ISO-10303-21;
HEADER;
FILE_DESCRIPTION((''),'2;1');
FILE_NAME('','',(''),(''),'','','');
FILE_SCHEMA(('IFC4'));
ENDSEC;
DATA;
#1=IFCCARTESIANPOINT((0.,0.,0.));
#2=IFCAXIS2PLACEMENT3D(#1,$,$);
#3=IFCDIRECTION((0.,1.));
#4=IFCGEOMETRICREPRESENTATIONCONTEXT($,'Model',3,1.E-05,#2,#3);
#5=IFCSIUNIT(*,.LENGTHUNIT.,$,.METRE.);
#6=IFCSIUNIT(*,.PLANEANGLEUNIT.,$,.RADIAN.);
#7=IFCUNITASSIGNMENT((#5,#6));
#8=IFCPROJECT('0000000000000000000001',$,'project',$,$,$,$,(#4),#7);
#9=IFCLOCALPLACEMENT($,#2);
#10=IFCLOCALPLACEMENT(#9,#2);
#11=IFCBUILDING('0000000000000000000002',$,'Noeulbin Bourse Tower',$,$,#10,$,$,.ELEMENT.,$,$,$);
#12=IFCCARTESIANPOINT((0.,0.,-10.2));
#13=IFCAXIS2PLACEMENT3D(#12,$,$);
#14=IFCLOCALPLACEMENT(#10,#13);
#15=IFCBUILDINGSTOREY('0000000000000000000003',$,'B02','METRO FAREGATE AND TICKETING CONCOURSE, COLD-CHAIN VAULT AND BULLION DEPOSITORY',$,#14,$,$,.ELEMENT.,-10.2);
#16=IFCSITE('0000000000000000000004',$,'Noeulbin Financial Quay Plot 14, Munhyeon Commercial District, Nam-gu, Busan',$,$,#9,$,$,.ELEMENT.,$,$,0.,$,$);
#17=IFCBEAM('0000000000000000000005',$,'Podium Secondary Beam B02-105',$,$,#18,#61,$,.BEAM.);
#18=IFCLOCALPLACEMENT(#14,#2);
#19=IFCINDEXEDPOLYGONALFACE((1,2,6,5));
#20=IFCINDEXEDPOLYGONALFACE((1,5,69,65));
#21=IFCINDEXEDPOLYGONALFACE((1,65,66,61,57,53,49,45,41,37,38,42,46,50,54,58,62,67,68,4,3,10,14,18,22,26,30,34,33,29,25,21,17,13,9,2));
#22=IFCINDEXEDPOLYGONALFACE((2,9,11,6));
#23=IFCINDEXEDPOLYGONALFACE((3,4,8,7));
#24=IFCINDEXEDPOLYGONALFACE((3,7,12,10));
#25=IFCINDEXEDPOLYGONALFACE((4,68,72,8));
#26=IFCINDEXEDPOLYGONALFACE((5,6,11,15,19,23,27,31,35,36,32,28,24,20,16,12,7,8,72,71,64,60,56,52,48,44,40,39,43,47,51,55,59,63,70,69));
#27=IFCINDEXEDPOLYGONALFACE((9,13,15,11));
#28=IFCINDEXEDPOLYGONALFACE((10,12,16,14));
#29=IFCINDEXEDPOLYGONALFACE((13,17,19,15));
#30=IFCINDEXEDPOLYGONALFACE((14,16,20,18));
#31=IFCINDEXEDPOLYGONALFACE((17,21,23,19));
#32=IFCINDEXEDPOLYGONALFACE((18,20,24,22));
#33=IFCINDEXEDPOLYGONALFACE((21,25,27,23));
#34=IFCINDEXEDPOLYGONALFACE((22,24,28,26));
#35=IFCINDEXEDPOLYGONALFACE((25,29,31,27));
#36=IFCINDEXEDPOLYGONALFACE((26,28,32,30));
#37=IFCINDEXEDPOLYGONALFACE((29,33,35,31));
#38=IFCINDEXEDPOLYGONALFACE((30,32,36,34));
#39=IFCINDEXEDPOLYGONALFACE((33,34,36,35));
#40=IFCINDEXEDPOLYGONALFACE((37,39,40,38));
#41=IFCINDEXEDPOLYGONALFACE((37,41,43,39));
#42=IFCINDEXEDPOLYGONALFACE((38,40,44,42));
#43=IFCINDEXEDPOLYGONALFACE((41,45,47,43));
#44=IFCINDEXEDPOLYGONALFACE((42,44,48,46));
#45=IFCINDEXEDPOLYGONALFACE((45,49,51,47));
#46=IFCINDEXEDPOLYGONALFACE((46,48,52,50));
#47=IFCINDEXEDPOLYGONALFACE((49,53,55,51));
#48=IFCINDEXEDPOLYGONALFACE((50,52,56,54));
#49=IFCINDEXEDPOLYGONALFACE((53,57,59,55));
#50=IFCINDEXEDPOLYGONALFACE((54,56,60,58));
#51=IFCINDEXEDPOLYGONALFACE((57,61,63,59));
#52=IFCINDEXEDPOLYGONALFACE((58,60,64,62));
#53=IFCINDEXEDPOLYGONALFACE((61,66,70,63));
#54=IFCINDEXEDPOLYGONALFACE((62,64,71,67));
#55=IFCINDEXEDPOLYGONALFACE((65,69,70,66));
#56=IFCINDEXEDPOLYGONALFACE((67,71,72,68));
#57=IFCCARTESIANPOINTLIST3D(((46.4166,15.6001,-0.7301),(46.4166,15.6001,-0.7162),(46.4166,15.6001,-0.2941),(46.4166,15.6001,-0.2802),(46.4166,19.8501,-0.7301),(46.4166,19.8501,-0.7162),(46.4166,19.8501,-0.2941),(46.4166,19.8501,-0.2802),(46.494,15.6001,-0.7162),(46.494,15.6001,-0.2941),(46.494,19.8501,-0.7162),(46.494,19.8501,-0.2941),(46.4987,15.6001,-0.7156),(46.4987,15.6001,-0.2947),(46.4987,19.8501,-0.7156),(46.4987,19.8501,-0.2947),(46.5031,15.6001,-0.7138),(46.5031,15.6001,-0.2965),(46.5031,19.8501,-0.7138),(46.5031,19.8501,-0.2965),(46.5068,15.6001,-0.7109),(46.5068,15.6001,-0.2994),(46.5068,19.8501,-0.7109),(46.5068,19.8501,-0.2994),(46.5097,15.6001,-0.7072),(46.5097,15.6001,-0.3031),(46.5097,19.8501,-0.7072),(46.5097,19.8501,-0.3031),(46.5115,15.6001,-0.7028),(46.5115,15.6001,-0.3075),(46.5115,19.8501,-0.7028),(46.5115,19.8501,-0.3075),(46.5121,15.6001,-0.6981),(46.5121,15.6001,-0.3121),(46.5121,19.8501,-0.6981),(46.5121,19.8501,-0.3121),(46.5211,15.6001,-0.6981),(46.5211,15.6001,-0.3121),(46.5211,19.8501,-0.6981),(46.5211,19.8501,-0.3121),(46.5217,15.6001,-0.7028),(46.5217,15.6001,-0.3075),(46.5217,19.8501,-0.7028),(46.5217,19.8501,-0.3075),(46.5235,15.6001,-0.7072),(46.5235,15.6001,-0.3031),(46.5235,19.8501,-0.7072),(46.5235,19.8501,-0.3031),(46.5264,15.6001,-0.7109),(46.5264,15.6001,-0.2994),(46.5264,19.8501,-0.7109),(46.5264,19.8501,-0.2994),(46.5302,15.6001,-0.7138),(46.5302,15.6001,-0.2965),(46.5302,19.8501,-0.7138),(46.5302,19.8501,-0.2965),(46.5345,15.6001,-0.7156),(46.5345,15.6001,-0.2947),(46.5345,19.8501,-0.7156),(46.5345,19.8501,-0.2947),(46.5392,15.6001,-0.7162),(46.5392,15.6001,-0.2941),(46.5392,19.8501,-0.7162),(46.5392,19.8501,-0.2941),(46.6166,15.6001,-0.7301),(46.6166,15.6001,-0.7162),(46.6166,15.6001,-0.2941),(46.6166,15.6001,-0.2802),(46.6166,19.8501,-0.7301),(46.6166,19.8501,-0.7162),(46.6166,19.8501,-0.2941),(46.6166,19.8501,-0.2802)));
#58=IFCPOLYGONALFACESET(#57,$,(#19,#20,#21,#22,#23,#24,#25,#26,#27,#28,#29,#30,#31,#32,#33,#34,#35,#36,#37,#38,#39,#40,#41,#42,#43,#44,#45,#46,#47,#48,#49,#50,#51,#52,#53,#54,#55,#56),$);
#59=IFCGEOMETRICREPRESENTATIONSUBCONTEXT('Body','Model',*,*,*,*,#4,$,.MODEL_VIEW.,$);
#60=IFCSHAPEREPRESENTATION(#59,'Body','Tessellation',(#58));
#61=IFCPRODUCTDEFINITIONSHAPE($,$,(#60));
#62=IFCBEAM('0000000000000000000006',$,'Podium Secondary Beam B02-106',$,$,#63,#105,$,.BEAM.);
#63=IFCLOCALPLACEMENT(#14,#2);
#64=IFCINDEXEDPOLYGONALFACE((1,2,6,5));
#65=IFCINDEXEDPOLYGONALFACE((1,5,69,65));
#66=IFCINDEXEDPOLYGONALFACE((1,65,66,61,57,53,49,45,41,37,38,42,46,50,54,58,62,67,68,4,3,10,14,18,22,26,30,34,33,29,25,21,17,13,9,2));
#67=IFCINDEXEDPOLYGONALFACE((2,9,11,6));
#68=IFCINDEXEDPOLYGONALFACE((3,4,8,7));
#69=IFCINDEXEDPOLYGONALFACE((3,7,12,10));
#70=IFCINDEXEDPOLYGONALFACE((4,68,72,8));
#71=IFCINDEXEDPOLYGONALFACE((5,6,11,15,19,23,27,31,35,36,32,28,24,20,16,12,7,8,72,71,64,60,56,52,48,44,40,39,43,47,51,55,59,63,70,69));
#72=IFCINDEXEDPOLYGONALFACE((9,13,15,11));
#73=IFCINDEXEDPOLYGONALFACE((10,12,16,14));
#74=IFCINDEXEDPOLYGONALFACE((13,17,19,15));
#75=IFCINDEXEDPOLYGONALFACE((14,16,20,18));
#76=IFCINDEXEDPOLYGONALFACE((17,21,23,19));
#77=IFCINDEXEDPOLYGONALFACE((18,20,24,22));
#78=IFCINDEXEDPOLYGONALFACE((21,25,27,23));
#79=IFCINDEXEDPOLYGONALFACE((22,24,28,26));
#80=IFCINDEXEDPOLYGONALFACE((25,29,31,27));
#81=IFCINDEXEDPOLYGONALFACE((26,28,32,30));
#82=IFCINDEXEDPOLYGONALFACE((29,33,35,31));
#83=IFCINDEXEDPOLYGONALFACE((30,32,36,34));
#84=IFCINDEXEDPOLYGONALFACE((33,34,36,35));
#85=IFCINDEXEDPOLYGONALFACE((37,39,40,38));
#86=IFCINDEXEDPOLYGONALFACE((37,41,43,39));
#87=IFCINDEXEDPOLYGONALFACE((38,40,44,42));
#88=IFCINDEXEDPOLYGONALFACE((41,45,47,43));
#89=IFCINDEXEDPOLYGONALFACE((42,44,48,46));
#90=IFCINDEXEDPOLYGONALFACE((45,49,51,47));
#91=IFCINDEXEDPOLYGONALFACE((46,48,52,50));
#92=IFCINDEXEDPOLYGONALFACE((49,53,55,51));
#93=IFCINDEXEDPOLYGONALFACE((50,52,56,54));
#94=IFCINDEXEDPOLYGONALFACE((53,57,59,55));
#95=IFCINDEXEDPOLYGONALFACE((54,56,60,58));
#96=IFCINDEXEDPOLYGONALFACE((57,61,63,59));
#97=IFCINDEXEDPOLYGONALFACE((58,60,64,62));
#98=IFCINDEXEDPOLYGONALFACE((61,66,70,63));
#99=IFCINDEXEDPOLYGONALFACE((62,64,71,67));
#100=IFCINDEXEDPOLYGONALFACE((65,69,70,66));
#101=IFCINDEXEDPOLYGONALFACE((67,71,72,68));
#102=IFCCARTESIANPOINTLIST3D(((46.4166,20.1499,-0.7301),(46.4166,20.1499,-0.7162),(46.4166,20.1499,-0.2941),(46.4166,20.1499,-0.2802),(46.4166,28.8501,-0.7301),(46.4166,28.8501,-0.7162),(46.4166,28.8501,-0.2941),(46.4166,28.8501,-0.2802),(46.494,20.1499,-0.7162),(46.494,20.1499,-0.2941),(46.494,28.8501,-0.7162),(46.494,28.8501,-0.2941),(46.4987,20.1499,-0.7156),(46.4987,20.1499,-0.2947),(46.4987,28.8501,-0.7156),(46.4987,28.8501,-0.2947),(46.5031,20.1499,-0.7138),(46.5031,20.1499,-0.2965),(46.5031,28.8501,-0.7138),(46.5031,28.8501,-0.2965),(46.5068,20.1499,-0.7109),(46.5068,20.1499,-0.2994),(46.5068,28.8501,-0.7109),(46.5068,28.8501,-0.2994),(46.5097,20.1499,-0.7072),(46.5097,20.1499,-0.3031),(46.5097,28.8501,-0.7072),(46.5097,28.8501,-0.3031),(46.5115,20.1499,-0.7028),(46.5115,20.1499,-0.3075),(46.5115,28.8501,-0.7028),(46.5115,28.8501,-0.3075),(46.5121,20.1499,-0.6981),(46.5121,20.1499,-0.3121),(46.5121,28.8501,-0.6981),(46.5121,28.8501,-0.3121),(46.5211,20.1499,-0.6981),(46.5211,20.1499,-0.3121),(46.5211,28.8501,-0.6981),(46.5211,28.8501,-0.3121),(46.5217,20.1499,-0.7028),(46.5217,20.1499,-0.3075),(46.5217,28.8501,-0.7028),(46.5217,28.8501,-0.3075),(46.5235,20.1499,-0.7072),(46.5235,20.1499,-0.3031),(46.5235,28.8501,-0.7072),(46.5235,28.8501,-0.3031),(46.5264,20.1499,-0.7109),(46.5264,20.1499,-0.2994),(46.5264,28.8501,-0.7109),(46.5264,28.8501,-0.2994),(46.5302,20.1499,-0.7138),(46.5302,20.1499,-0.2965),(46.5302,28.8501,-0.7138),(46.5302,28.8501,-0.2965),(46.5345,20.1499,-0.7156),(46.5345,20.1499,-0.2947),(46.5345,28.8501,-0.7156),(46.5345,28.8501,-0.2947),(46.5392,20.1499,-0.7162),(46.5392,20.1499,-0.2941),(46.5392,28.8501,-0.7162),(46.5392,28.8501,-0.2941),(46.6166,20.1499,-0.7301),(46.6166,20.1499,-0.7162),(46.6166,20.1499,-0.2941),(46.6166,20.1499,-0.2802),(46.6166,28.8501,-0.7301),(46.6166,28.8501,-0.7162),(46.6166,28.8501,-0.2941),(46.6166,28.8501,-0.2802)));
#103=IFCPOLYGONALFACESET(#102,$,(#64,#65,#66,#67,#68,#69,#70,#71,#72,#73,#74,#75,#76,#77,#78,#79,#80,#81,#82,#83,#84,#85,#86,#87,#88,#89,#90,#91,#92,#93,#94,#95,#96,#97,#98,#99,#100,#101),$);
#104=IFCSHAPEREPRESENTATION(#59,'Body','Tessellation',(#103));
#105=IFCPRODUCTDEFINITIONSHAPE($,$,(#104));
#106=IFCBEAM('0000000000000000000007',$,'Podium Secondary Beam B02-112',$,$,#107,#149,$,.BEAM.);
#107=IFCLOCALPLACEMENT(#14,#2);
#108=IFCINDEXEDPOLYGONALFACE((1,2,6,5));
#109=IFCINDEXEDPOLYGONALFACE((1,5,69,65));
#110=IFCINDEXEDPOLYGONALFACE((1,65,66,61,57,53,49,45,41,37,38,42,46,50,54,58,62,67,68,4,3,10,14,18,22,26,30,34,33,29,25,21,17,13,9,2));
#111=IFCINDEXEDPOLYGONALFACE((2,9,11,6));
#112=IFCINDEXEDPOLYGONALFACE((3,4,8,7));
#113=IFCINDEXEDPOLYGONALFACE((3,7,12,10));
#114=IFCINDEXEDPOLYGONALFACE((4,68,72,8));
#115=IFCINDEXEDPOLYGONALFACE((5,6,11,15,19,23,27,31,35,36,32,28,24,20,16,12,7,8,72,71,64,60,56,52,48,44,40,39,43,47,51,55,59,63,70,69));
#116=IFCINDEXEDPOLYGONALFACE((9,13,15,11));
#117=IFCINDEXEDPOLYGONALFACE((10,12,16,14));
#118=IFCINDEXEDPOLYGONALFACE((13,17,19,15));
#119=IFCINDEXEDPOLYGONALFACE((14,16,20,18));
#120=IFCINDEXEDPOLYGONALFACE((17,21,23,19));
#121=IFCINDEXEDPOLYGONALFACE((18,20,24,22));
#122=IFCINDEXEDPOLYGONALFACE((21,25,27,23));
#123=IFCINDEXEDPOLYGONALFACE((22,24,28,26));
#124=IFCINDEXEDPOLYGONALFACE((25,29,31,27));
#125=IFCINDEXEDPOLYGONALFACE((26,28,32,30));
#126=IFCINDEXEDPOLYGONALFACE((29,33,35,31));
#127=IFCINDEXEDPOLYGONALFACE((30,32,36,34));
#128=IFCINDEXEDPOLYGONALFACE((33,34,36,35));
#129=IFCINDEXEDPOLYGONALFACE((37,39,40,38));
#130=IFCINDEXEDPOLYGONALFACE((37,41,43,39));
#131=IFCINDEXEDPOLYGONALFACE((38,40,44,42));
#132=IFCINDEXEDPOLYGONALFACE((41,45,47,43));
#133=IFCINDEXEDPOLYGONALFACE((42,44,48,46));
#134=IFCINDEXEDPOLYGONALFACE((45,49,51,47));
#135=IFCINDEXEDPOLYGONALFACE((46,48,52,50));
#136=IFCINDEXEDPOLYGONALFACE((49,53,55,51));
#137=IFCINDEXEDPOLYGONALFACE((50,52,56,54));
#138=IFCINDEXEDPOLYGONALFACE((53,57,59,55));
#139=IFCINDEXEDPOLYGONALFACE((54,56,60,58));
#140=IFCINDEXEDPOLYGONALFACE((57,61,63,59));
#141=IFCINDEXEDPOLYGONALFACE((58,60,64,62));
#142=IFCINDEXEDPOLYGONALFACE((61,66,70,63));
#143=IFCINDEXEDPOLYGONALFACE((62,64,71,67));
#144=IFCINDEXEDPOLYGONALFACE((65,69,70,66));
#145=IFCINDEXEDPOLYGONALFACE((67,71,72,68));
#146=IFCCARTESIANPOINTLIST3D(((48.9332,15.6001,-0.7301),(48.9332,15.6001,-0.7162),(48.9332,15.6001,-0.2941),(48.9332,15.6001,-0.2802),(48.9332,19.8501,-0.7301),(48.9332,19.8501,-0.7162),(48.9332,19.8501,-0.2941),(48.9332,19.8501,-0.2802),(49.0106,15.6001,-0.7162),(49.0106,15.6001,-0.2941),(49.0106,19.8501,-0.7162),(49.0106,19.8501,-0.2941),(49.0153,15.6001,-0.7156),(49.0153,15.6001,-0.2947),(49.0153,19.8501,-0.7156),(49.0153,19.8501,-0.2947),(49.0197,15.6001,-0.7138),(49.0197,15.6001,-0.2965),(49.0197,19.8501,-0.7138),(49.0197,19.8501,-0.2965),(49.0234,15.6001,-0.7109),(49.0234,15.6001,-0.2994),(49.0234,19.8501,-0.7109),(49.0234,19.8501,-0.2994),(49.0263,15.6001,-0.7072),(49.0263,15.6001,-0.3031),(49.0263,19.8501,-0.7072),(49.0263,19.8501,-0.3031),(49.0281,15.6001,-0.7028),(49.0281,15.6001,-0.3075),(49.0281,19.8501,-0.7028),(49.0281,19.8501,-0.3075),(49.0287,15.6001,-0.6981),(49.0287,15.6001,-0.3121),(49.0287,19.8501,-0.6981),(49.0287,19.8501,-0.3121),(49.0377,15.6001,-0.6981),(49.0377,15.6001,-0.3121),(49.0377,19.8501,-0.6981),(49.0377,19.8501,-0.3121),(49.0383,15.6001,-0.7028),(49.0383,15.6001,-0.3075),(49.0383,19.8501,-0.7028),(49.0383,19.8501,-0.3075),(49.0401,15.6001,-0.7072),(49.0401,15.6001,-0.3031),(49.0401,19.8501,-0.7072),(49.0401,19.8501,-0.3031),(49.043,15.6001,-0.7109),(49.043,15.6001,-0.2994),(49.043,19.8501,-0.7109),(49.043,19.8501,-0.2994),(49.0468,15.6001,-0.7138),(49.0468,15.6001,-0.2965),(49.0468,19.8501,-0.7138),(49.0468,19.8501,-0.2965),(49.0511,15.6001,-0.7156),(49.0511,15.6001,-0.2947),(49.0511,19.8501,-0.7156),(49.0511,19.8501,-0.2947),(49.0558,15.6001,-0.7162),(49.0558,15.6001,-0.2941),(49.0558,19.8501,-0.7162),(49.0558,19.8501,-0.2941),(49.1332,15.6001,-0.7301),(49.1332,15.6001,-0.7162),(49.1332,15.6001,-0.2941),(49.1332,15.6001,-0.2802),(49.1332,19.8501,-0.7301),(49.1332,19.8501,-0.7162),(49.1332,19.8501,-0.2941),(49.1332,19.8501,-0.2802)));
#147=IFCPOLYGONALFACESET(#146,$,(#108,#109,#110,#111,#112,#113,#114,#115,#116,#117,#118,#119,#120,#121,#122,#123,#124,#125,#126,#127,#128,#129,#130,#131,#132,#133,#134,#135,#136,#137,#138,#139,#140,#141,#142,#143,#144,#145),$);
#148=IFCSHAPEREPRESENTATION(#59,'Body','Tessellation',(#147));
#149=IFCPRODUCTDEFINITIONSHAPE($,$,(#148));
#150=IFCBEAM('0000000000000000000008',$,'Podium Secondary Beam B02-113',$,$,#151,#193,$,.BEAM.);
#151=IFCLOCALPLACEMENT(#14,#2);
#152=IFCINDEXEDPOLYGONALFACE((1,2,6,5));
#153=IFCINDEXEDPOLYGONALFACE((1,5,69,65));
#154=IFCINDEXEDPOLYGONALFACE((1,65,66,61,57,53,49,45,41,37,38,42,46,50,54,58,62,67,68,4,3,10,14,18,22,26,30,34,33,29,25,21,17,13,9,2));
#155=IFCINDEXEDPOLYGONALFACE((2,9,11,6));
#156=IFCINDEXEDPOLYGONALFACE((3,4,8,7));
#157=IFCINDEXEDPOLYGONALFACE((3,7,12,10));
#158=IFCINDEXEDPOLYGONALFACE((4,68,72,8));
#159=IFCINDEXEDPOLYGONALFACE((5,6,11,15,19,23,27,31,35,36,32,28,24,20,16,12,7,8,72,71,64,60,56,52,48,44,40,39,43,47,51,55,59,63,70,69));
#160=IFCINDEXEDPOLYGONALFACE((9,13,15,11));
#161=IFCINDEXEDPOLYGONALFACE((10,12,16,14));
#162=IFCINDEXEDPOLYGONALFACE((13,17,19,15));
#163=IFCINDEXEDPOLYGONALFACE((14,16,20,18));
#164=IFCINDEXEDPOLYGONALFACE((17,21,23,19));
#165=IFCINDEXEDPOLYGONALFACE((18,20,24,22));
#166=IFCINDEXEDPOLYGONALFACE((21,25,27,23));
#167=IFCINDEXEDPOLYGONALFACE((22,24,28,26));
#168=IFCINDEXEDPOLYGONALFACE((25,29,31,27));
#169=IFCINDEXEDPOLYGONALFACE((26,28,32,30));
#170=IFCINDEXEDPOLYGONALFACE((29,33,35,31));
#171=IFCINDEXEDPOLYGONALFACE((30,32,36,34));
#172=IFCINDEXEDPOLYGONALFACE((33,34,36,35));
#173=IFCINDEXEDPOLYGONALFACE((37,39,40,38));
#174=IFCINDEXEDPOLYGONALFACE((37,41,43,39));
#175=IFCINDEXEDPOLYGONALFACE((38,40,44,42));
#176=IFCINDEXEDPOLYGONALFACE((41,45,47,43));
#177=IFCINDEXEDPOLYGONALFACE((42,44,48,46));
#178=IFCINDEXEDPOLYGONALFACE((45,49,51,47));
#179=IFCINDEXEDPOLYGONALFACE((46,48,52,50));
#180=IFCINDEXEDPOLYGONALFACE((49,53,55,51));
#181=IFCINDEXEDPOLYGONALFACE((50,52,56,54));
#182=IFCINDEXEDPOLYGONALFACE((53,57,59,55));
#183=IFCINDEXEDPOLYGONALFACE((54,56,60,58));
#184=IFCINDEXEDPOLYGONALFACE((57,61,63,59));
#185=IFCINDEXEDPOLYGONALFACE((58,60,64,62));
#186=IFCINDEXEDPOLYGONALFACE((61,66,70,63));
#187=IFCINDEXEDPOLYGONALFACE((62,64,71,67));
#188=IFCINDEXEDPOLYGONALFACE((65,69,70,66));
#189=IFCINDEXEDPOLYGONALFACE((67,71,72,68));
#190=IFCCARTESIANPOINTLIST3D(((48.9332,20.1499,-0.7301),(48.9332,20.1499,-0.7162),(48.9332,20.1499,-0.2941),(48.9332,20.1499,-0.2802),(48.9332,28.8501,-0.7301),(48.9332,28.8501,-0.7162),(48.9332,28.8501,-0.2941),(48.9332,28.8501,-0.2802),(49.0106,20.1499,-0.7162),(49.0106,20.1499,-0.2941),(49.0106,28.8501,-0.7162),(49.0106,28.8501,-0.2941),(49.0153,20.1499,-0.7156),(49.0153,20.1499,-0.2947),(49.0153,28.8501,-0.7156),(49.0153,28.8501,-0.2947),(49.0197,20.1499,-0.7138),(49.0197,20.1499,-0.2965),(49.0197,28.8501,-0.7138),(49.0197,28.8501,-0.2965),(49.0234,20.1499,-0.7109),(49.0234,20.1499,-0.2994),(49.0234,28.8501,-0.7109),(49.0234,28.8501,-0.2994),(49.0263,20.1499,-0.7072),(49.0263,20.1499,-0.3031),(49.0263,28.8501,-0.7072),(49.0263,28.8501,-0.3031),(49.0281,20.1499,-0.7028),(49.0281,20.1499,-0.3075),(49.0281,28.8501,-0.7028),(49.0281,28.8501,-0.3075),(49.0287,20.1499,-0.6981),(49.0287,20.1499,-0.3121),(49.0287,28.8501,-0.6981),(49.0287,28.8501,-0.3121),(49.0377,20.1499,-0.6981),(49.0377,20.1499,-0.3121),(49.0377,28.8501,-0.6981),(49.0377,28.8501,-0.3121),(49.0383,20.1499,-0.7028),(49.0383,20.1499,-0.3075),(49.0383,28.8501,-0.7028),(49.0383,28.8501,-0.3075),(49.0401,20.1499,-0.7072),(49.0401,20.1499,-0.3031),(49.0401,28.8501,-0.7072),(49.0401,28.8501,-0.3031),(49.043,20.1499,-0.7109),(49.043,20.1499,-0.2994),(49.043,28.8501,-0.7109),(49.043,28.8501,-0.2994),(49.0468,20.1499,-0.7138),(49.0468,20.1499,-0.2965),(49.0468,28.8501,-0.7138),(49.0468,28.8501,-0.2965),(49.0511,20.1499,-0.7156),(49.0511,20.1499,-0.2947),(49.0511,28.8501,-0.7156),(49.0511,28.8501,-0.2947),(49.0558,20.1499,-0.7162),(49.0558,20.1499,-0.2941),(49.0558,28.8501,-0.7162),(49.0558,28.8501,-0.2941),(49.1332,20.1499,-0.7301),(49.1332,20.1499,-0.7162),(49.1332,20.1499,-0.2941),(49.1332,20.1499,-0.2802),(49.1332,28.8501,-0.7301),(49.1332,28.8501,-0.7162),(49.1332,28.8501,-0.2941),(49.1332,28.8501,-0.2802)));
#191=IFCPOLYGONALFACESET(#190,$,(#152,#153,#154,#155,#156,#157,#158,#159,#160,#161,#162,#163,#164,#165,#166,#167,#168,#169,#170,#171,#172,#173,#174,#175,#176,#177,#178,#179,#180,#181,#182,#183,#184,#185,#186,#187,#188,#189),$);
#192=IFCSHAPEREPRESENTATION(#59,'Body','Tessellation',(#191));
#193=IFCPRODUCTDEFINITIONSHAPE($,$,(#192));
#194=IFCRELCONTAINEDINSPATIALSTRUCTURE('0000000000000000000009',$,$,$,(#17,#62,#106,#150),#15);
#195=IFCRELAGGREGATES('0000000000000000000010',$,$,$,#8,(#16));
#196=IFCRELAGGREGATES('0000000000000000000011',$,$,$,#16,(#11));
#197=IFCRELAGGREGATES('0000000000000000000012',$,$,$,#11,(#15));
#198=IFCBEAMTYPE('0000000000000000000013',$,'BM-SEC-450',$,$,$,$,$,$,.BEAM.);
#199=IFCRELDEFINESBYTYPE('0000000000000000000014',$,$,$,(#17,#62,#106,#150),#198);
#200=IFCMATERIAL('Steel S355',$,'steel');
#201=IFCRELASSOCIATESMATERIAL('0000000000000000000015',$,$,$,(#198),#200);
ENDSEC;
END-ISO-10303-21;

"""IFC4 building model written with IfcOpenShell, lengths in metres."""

from ifc_helpers import new_model, si_unit, direction, frame, origin, origin_2d, place, context, subcontext, project, spatial, i_section, extrude, material, material_profile, profile_set, type_object, element, save


model = new_model("IFC4")

# Units and contexts
model_context = context("Model", 3, precision=1e-05, world=origin(), true_north=direction((0.0, 1.0)))
body_context = subcontext(model_context, "Body", "Model", "MODEL_VIEW")
ifc_project = project(units=[si_unit("LENGTHUNIT", "METRE"), si_unit("PLANEANGLEUNIT", "RADIAN")], contexts=[model_context])

# Site, building, storey
site_placement = place(None, origin())
site = spatial("IfcSite", under=ifc_project, at=site_placement, Name="Noeulbin Financial Quay Plot 14, Munhyeon Commercial District, Nam-gu, Busan", CompositionType="ELEMENT", RefElevation=0.0)
building_placement = place(site_placement, origin())
building = spatial("IfcBuilding", under=site, at=building_placement, Name="Noeulbin Bourse Tower", CompositionType="ELEMENT")
storey_placement = place(building_placement, frame((0.0, 0.0, -10.2)))
storey = spatial("IfcBuildingStorey", under=building, at=storey_placement, Name="B02", Description="METRO FAREGATE AND TICKETING CONCOURSE, COLD-CHAIN VAULT AND BULLION DEPOSITORY", CompositionType="ELEMENT", Elevation=-10.2)

# Beams
ifc_material_1 = material(Name="Steel S355", Category="steel")
ifc_material_profile_1 = material_profile(ifc_material_1, i_section(OverallWidth=0.2, OverallDepth=0.45, WebThickness=0.009, FlangeThickness=0.0139, FilletRadius=0.0181, at=origin_2d()), Name="H-450x200x9x14", Category="LoadBearing")
ifc_profile_set_1 = profile_set([ifc_material_profile_1], Name="Steel S355")
beam_type_1 = type_object("IfcBeamType", Name="BM-SEC-450", PredefinedType="BEAM", material=ifc_profile_set_1)
beam_1_placement = place(storey_placement, frame((46.5166, 15.6001, -0.5051), z_axis=(0.0, 1.0, 0.0), x_axis=(-1.0, 0.0, 0.0)))
element("IfcBeam", 1, at=beam_1_placement, inside=storey, type_object=beam_type_1, Name="Podium Secondary Beam B02-105", PredefinedType="BEAM", context=body_context, shape_type="SweptSolid", body=[
    extrude(i_section(OverallWidth=0.2, OverallDepth=0.45, WebThickness=0.009, FlangeThickness=0.0139, FilletRadius=0.0181, at=origin_2d()), origin(), (0.0, 0.0, 1.0), 4.25),
])
beam_2_placement = place(storey_placement, frame((46.5166, 20.1499, -0.5051), z_axis=(0.0, 1.0, 0.0), x_axis=(-1.0, 0.0, 0.0)))
element("IfcBeam", 2, at=beam_2_placement, inside=storey, type_object=beam_type_1, Name="Podium Secondary Beam B02-106", PredefinedType="BEAM", context=body_context, shape_type="SweptSolid", body=[
    extrude(i_section(OverallWidth=0.2, OverallDepth=0.45, WebThickness=0.009, FlangeThickness=0.0139, FilletRadius=0.0181, at=origin_2d()), origin(), (0.0, 0.0, 1.0), 8.7002),
])
beam_3_placement = place(storey_placement, frame((49.0332, 15.6001, -0.5051), z_axis=(0.0, 1.0, 0.0), x_axis=(-1.0, 0.0, 0.0)))
element("IfcBeam", 3, at=beam_3_placement, inside=storey, type_object=beam_type_1, Name="Podium Secondary Beam B02-112", PredefinedType="BEAM", context=body_context, shape_type="SweptSolid", body=[
    extrude(i_section(OverallWidth=0.2, OverallDepth=0.45, WebThickness=0.009, FlangeThickness=0.0139, FilletRadius=0.0181, at=origin_2d()), origin(), (0.0, 0.0, 1.0), 4.25),
])
beam_4_placement = place(storey_placement, frame((49.0332, 20.1499, -0.5051), z_axis=(0.0, 1.0, 0.0), x_axis=(-1.0, 0.0, 0.0)))
element("IfcBeam", 4, at=beam_4_placement, inside=storey, type_object=beam_type_1, Name="Podium Secondary Beam B02-113", PredefinedType="BEAM", context=body_context, shape_type="SweptSolid", body=[
    extrude(i_section(OverallWidth=0.2, OverallDepth=0.45, WebThickness=0.009, FlangeThickness=0.0139, FilletRadius=0.0181, at=origin_2d()), origin(), (0.0, 0.0, 1.0), 8.7002),
])

save(model, "model.ifc")
